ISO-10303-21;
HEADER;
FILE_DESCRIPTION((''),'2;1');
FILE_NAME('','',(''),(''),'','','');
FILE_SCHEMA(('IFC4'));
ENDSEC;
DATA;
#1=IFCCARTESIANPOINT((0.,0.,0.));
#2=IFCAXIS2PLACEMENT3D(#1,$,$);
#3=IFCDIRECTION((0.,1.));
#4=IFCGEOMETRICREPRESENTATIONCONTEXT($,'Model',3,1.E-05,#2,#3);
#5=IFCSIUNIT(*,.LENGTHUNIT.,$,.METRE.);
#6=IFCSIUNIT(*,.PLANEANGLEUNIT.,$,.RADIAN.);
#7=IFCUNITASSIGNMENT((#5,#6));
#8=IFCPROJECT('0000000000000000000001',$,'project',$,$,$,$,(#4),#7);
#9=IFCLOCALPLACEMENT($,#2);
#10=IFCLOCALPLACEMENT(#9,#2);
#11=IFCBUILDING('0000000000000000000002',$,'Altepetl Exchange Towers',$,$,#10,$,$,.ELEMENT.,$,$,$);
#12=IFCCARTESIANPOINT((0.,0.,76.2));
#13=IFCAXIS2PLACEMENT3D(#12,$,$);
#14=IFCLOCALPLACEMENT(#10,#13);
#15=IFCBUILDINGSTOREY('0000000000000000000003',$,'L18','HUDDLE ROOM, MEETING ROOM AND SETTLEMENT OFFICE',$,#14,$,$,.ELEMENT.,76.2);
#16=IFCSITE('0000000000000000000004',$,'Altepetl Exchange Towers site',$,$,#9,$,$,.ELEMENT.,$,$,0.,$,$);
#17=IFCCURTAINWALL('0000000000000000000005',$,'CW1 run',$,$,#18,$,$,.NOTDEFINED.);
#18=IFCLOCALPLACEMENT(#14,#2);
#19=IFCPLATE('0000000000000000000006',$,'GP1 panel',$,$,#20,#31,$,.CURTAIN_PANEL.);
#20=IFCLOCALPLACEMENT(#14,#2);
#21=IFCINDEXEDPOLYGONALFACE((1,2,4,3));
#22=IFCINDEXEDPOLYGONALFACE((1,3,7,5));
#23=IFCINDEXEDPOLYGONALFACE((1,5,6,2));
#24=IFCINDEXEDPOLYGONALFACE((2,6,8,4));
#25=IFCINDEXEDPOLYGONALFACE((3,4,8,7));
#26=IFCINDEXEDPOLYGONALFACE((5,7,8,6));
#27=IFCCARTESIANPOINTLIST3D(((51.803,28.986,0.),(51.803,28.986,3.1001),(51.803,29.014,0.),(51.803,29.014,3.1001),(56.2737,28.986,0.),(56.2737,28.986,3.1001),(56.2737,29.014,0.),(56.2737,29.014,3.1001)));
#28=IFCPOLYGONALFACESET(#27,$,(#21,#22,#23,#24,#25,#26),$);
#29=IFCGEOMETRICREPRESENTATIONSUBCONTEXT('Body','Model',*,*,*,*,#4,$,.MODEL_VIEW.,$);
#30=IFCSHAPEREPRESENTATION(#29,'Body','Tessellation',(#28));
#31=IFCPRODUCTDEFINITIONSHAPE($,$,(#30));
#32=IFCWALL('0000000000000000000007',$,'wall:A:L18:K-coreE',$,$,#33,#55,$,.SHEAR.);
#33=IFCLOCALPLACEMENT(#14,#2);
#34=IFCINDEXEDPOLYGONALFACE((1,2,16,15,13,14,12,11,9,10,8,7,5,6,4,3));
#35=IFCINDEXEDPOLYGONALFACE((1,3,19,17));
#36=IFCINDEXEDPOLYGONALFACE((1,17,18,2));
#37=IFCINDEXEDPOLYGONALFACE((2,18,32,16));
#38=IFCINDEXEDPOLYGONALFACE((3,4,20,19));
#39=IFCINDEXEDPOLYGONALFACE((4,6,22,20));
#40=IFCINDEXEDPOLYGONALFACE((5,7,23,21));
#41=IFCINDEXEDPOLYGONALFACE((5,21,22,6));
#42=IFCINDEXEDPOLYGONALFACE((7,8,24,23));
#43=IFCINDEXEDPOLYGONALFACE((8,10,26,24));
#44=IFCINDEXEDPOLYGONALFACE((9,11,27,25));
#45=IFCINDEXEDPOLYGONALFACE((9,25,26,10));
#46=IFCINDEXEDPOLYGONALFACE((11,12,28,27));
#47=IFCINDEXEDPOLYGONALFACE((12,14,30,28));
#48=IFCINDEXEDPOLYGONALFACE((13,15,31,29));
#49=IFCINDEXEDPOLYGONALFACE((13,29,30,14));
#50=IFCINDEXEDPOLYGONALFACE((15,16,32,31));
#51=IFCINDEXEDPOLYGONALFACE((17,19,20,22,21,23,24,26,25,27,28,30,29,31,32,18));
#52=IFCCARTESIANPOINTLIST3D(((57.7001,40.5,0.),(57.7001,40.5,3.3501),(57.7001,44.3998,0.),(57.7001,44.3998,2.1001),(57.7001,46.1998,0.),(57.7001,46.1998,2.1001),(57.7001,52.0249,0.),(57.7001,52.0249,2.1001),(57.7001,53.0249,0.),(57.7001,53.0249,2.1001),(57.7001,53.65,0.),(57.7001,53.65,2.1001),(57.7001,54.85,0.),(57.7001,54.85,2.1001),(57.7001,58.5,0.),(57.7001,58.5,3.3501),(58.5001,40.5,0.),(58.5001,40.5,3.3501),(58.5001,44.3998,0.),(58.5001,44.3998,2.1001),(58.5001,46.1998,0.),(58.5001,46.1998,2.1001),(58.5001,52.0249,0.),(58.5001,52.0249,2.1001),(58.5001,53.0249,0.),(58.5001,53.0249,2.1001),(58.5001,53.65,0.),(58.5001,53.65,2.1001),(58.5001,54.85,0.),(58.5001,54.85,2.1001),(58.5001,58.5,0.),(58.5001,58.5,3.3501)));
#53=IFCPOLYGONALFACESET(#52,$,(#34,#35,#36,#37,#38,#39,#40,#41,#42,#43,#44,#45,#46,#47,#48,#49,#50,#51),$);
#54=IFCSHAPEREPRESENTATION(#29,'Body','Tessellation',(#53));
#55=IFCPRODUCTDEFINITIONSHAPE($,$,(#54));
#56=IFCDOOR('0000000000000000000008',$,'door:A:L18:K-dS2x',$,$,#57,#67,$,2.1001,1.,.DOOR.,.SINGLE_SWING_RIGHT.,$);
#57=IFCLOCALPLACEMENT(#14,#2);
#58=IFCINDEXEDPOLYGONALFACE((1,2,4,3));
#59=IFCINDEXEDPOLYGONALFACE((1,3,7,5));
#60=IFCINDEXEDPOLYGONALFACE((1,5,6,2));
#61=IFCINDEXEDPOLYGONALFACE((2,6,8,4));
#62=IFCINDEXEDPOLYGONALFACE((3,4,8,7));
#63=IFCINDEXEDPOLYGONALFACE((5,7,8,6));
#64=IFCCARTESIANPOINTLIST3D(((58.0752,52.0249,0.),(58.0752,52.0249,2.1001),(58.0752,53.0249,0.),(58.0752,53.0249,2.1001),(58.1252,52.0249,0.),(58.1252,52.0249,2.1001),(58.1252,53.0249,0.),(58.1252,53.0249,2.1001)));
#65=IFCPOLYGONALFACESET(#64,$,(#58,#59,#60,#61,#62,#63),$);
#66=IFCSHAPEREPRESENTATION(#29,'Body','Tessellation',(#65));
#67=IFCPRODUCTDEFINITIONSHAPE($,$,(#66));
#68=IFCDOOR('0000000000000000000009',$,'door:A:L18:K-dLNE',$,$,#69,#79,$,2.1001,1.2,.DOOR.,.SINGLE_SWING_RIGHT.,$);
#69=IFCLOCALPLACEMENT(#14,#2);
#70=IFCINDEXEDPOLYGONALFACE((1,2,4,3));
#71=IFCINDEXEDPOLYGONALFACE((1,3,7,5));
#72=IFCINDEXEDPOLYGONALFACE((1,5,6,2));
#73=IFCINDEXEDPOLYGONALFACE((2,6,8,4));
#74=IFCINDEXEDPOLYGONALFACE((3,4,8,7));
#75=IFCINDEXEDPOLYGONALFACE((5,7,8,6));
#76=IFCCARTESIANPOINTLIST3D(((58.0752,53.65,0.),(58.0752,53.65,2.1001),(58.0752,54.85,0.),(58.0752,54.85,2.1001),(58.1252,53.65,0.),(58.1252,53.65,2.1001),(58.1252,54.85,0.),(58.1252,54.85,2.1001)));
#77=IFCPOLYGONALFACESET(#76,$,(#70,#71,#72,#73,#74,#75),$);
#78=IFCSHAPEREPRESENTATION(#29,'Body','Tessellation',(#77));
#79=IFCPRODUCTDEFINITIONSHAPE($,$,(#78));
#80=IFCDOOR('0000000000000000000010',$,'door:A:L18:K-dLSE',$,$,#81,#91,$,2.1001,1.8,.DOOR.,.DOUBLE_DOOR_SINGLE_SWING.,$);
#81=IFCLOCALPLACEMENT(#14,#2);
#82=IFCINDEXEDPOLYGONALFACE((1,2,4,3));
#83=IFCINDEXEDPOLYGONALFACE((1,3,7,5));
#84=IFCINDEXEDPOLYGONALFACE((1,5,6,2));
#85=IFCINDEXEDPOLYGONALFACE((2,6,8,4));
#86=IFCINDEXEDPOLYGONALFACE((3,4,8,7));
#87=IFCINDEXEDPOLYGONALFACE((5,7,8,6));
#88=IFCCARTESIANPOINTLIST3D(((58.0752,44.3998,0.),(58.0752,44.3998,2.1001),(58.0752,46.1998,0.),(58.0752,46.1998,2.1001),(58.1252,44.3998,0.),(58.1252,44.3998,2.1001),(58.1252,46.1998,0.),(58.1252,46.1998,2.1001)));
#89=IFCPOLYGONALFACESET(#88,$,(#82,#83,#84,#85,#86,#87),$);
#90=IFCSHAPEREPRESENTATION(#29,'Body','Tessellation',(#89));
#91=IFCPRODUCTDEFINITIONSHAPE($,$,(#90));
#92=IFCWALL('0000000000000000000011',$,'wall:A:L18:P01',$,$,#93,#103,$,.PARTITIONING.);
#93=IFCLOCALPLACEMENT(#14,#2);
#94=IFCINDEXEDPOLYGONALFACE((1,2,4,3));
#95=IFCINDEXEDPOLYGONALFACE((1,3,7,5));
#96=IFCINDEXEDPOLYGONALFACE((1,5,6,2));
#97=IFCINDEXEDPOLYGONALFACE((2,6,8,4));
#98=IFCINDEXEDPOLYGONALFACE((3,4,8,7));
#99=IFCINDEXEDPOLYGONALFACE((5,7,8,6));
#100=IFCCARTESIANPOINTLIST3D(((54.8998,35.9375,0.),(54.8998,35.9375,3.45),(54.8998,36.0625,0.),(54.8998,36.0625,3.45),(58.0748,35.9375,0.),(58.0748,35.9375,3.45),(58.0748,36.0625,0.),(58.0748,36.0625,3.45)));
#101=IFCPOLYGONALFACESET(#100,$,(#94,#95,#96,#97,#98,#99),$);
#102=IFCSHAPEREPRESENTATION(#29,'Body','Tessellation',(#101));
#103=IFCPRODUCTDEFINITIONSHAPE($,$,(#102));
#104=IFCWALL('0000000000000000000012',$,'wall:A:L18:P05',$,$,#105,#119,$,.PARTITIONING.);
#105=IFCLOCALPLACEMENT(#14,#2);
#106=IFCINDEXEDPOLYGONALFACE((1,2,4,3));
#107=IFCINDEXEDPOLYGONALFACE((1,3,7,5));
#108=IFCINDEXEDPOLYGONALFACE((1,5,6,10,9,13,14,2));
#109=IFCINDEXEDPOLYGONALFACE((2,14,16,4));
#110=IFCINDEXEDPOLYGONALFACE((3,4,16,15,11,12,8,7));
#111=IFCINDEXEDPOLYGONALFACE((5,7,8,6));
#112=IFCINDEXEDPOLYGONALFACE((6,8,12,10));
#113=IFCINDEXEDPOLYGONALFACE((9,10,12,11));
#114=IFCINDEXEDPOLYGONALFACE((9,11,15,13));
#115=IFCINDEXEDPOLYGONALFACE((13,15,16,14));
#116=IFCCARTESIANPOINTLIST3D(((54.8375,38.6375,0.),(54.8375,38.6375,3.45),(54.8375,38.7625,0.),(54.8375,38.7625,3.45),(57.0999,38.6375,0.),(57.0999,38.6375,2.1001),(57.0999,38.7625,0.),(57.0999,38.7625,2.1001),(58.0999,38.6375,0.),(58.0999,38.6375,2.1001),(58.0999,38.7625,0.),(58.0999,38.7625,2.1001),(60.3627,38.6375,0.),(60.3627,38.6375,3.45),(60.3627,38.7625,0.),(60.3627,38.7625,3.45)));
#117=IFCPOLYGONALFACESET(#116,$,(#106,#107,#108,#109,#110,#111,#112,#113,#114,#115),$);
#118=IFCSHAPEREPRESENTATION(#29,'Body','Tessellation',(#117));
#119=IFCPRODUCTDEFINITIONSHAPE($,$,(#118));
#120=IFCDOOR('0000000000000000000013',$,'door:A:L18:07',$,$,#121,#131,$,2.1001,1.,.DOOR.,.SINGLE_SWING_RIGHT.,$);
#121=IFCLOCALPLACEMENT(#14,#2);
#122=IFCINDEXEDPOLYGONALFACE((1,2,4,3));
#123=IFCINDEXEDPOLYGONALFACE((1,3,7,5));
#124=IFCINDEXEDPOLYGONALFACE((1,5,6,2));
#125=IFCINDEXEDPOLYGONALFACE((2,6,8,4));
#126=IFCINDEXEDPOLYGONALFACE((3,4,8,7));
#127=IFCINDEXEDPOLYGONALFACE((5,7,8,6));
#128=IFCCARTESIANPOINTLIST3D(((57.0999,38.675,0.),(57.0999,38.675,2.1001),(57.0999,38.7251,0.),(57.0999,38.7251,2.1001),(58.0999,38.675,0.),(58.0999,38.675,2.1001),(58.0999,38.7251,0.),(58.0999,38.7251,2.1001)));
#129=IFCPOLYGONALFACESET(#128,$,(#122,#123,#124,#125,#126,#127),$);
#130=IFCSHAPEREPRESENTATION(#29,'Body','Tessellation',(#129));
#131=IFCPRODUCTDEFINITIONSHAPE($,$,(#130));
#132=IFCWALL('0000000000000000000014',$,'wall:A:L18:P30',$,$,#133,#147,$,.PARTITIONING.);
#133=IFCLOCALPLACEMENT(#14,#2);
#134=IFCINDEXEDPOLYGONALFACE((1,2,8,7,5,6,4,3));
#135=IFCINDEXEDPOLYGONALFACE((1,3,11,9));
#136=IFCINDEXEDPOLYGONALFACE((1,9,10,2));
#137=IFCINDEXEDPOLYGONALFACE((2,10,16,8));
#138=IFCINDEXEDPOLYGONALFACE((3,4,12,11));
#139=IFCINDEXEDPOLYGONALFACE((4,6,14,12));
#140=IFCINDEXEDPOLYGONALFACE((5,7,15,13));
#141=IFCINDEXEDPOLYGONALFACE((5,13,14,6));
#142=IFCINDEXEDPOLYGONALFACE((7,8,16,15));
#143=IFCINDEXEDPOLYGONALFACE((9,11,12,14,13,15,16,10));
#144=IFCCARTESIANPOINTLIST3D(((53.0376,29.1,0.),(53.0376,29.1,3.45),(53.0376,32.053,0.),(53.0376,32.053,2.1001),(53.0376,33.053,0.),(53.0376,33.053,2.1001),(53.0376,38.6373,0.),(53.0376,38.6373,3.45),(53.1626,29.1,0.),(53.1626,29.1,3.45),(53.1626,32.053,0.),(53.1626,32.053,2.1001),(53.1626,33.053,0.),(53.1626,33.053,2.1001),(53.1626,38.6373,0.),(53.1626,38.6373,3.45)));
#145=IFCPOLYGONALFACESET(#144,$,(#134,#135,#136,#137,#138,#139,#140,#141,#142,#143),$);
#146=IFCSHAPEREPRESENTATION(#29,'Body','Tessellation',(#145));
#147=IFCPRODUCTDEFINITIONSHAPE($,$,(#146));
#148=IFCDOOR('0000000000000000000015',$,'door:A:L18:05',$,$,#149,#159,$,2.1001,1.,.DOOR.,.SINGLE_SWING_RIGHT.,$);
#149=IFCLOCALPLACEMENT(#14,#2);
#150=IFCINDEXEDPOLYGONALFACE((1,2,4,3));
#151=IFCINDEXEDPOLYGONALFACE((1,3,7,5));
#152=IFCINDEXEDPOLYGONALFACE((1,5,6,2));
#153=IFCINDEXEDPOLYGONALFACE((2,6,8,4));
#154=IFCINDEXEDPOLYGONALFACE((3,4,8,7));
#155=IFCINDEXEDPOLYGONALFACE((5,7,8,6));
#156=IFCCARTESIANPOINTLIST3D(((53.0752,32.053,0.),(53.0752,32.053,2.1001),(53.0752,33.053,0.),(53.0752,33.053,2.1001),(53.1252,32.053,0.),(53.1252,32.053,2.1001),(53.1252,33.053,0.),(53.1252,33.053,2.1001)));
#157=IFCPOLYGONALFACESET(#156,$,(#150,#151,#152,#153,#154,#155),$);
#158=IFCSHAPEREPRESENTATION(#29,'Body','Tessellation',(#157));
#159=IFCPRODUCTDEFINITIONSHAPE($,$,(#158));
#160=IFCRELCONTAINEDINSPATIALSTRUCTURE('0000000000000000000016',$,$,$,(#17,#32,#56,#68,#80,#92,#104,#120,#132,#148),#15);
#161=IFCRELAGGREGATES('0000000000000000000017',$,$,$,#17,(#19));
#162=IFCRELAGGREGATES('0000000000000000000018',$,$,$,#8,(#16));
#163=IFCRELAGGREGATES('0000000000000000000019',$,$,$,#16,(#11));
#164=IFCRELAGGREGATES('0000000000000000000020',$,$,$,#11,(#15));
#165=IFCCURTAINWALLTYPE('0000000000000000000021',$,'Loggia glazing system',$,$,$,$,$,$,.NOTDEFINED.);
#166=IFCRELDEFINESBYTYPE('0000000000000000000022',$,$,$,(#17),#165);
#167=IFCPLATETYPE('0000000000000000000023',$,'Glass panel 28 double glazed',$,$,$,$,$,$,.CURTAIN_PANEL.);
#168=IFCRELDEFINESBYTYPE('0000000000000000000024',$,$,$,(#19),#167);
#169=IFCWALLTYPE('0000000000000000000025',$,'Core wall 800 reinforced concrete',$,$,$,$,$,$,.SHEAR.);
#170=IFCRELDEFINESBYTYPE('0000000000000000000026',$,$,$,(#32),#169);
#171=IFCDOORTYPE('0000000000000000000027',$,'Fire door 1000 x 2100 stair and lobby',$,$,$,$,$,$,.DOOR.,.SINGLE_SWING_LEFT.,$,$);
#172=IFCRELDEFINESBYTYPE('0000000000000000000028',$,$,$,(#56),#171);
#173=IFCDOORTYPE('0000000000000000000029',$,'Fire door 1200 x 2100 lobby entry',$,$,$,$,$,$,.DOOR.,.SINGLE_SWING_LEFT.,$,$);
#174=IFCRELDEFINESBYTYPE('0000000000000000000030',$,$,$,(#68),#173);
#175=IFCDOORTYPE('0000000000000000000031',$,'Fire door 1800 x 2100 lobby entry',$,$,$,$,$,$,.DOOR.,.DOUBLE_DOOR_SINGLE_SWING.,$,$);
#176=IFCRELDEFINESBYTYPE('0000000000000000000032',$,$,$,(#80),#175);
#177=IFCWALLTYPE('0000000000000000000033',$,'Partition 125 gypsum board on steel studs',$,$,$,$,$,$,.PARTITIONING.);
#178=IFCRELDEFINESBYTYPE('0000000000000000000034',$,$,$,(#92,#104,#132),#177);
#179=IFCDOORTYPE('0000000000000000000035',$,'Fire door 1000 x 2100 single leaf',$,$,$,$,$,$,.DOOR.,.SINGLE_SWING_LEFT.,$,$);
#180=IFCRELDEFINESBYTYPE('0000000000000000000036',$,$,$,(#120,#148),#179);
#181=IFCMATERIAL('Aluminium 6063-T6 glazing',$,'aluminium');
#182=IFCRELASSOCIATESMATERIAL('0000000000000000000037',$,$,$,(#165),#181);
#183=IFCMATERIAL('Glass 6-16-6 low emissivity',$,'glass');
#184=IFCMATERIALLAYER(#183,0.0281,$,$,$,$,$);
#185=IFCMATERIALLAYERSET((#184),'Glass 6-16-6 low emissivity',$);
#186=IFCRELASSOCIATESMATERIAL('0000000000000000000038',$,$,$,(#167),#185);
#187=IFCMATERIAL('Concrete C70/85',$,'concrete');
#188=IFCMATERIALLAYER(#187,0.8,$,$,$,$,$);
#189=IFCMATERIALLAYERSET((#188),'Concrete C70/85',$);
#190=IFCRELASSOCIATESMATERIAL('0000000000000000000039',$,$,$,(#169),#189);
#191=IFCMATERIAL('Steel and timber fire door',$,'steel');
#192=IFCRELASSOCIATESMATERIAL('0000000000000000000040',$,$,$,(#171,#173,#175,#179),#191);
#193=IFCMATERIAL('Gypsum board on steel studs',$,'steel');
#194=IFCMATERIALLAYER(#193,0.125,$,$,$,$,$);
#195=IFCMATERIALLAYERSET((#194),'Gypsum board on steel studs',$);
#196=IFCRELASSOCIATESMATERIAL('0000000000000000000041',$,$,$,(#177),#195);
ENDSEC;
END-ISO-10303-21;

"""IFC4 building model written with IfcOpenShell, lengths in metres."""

from ifc_helpers import new_model, si_unit, direction, frame, frame_2d, origin, origin_2d, place, context, subcontext, project, spatial, rectangle, extrude, material, layer, layer_set, type_object, element, fill, aggregate, save


model = new_model("IFC4")

# Units and contexts
model_context = context("Model", 3, precision=1e-05, world=origin(), true_north=direction((0.0, 1.0)))
body_context = subcontext(model_context, "Body", "Model", "MODEL_VIEW")
ifc_project = project(units=[si_unit("LENGTHUNIT", "METRE"), si_unit("PLANEANGLEUNIT", "RADIAN")], contexts=[model_context])

# Site, building, storey
site_placement = place(None, origin())
site = spatial("IfcSite", under=ifc_project, at=site_placement, Name="Altepetl Exchange Towers site", CompositionType="ELEMENT", RefElevation=0.0)
building_placement = place(site_placement, origin())
building = spatial("IfcBuilding", under=site, at=building_placement, Name="Altepetl Exchange Towers", CompositionType="ELEMENT")
storey_placement = place(building_placement, frame((0.0, 0.0, 76.2)))
storey = spatial("IfcBuildingStorey", under=building, at=storey_placement, Name="L18", Description="HUDDLE ROOM, MEETING ROOM AND SETTLEMENT OFFICE", CompositionType="ELEMENT", Elevation=76.2)

# Shared definitions
ifc_material_1 = material(Name="Concrete C70/85", Category="concrete")

# Curtain wall
ifc_material_2 = material(Name="Aluminium 6063-T6 glazing", Category="aluminium")
curtain_wall_type = type_object("IfcCurtainWallType", Name="Loggia glazing system", PredefinedType="NOTDEFINED", material=ifc_material_2)
curtain_wall_placement = place(storey_placement, origin())
curtain_wall = element("IfcCurtainWall", 1, at=curtain_wall_placement, inside=storey, type_object=curtain_wall_type, Name="CW1 run", PredefinedType="NOTDEFINED")

# Plate
ifc_material_3 = material(Name="Glass 6-16-6 low emissivity", Category="glass")
ifc_layer_1 = layer(ifc_material_3, 0.0281)
ifc_layer_set_1 = layer_set([ifc_layer_1], Name="Glass 6-16-6 low emissivity")
plate_type = type_object("IfcPlateType", Name="Glass panel 28 double glazed", PredefinedType="CURTAIN_PANEL", material=ifc_layer_set_1)
plate_placement = place(storey_placement, frame((54.0383, 29.0, 0.0)))
plate = element("IfcPlate", 2, at=plate_placement, type_object=plate_type, Name="GP1 panel", PredefinedType="CURTAIN_PANEL", context=body_context, shape_type="SweptSolid", body=[
    extrude(rectangle(XDim=4.4707, YDim=0.0281, at=origin_2d()), origin(), (0.0, 0.0, 1.0), 3.1001),
])
aggregate(curtain_wall, [plate])

# Wall, openings, doors
ifc_layer_2 = layer(ifc_material_1, 0.8)
ifc_layer_set_2 = layer_set([ifc_layer_2], Name="Concrete C70/85")
wall_type_1 = type_object("IfcWallType", Name="Core wall 800 reinforced concrete", PredefinedType="SHEAR", material=ifc_layer_set_2)
wall_1_placement = place(storey_placement, frame((58.1001, 40.5, 0.0), z_axis=(0.0, 0.0, 1.0), x_axis=(0.0, 1.0, 0.0)))
wall_1 = element("IfcWall", 3, at=wall_1_placement, inside=storey, type_object=wall_type_1, Name="wall:A:L18:K-coreE", PredefinedType="SHEAR", context=body_context, shape_type="SweptSolid", body=[
    extrude(rectangle(XDim=18.0, YDim=0.8, at=frame_2d((9.0, 0.0))), origin(), (0.0, 0.0, 1.0), 3.3501),
])
opening_1_placement = place(wall_1_placement, frame((13.1499, 0.0, 0.0)))
opening_1 = element("IfcOpeningElement", 4, at=opening_1_placement, cuts=wall_1, PredefinedType="OPENING", context=body_context, shape_type="SweptSolid", body=[
    extrude(rectangle(XDim=1.2, YDim=2.1001, at=frame_2d((0.6001, 1.05))), frame((0.0, 0.4102, 0.0), z_axis=(0.0, -1.0, 0.0), x_axis=(1.0, 0.0, 0.0)), (0.0, 0.0, 1.0), 0.8201),
])
opening_2_placement = place(wall_1_placement, frame((3.8999, 0.0, 0.0)))
opening_2 = element("IfcOpeningElement", 5, at=opening_2_placement, cuts=wall_1, PredefinedType="OPENING", context=body_context, shape_type="SweptSolid", body=[
    extrude(rectangle(XDim=1.8, YDim=2.1001, at=frame_2d((0.8999, 1.05))), frame((0.0, 0.4102, 0.0), z_axis=(0.0, -1.0, 0.0), x_axis=(1.0, 0.0, 0.0)), (0.0, 0.0, 1.0), 0.8201),
])
opening_3_placement = place(wall_1_placement, frame((11.5249, 0.0, 0.0)))
opening_3 = element("IfcOpeningElement", 6, at=opening_3_placement, cuts=wall_1, PredefinedType="OPENING", context=body_context, shape_type="SweptSolid", body=[
    extrude(rectangle(XDim=1.0, YDim=2.1001, at=frame_2d((0.5, 1.05))), frame((0.0, 0.4102, 0.0), z_axis=(0.0, -1.0, 0.0), x_axis=(1.0, 0.0, 0.0)), (0.0, 0.0, 1.0), 0.8201),
])
ifc_material_4 = material(Name="Steel and timber fire door", Category="steel")
door_type_1 = type_object("IfcDoorType", Name="Fire door 1000 x 2100 stair and lobby", OperationType="SINGLE_SWING_LEFT", PredefinedType="DOOR", material=ifc_material_4)
door_1_placement = place(opening_3_placement, origin())
door_1 = element("IfcDoor", 7, at=door_1_placement, inside=storey, type_object=door_type_1, Name="door:A:L18:K-dS2x", OperationType="SINGLE_SWING_RIGHT", OverallHeight=2.1001, OverallWidth=1.0, PredefinedType="DOOR", context=body_context, shape_type="SweptSolid", body=[
    extrude(rectangle(XDim=1.0, YDim=2.1001, at=frame_2d((0.5, 1.05))), frame((0.0, 0.0249, 0.0), z_axis=(0.0, -1.0, 0.0), x_axis=(1.0, 0.0, 0.0)), (0.0, 0.0, 1.0), 0.05),
])
fill(opening_3, door_1)
door_type_2 = type_object("IfcDoorType", Name="Fire door 1200 x 2100 lobby entry", OperationType="SINGLE_SWING_LEFT", PredefinedType="DOOR", material=ifc_material_4)
door_2_placement = place(opening_1_placement, origin())
door_2 = element("IfcDoor", 8, at=door_2_placement, inside=storey, type_object=door_type_2, Name="door:A:L18:K-dLNE", OperationType="SINGLE_SWING_RIGHT", OverallHeight=2.1001, OverallWidth=1.2, PredefinedType="DOOR", context=body_context, shape_type="SweptSolid", body=[
    extrude(rectangle(XDim=1.2, YDim=2.1001, at=frame_2d((0.6001, 1.05))), frame((0.0, 0.0249, 0.0), z_axis=(0.0, -1.0, 0.0), x_axis=(1.0, 0.0, 0.0)), (0.0, 0.0, 1.0), 0.05),
])
fill(opening_1, door_2)
door_type_3 = type_object("IfcDoorType", Name="Fire door 1800 x 2100 lobby entry", OperationType="DOUBLE_DOOR_SINGLE_SWING", PredefinedType="DOOR", material=ifc_material_4)
door_3_placement = place(opening_2_placement, origin())
door_3 = element("IfcDoor", 9, at=door_3_placement, inside=storey, type_object=door_type_3, Name="door:A:L18:K-dLSE", OperationType="DOUBLE_DOOR_SINGLE_SWING", OverallHeight=2.1001, OverallWidth=1.8, PredefinedType="DOOR", context=body_context, shape_type="SweptSolid", body=[
    extrude(rectangle(XDim=1.8, YDim=2.1001, at=frame_2d((0.8999, 1.05))), frame((0.0, 0.0249, 0.0), z_axis=(0.0, -1.0, 0.0), x_axis=(1.0, 0.0, 0.0)), (0.0, 0.0, 1.0), 0.05),
])
fill(opening_2, door_3)

# Wall
ifc_material_5 = material(Name="Gypsum board on steel studs", Category="steel")
ifc_layer_3 = layer(ifc_material_5, 0.125)
ifc_layer_set_3 = layer_set([ifc_layer_3], Name="Gypsum board on steel studs")
wall_type_2 = type_object("IfcWallType", Name="Partition 125 gypsum board on steel studs", PredefinedType="PARTITIONING", material=ifc_layer_set_3)
wall_2_placement = place(storey_placement, frame((54.8999, 36.0, 0.0)))
element("IfcWall", 10, at=wall_2_placement, inside=storey, type_object=wall_type_2, Name="wall:A:L18:P01", PredefinedType="PARTITIONING", context=body_context, shape_type="SweptSolid", body=[
    extrude(rectangle(XDim=3.175, YDim=0.125, at=frame_2d((1.5874, 0.0))), origin(), (0.0, 0.0, 1.0), 3.45),
])

# Walls, openings, doors
wall_3_placement = place(storey_placement, frame((54.8374, 38.7, 0.0)))
wall_3 = element("IfcWall", 11, at=wall_3_placement, inside=storey, type_object=wall_type_2, Name="wall:A:L18:P05", PredefinedType="PARTITIONING", context=body_context, shape_type="SweptSolid", body=[
    extrude(rectangle(XDim=5.5251, YDim=0.125, at=frame_2d((2.7627, 0.0))), origin(), (0.0, 0.0, 1.0), 3.45),
])
opening_4_placement = place(wall_3_placement, frame((2.2625, 0.0, 0.0)))
opening_4 = element("IfcOpeningElement", 12, at=opening_4_placement, cuts=wall_3, PredefinedType="OPENING", context=body_context, shape_type="SweptSolid", body=[
    extrude(rectangle(XDim=1.0, YDim=2.1001, at=frame_2d((0.5, 1.05))), frame((0.0, 0.0725, 0.0), z_axis=(0.0, -1.0, 0.0), x_axis=(1.0, 0.0, 0.0)), (0.0, 0.0, 1.0), 0.145),
])
door_type_4 = type_object("IfcDoorType", Name="Fire door 1000 x 2100 single leaf", OperationType="SINGLE_SWING_LEFT", PredefinedType="DOOR", material=ifc_material_4)
door_4_placement = place(opening_4_placement, frame((1.0, 0.0, 0.0), x_axis=(-1.0, 0.0, 0.0)))
door_4 = element("IfcDoor", 13, at=door_4_placement, inside=storey, type_object=door_type_4, Name="door:A:L18:07", OperationType="SINGLE_SWING_RIGHT", OverallHeight=2.1001, OverallWidth=1.0, PredefinedType="DOOR", context=body_context, shape_type="SweptSolid", body=[
    extrude(rectangle(XDim=1.0, YDim=2.1001, at=frame_2d((0.5, 1.05))), frame((0.0, 0.0249, 0.0), z_axis=(0.0, -1.0, 0.0), x_axis=(1.0, 0.0, 0.0)), (0.0, 0.0, 1.0), 0.05),
])
fill(opening_4, door_4)
wall_4_placement = place(storey_placement, frame((53.1001, 29.1001, 0.0), z_axis=(0.0, 0.0, 1.0), x_axis=(0.0, 1.0, 0.0)))
wall_4 = element("IfcWall", 14, at=wall_4_placement, inside=storey, type_object=wall_type_2, Name="wall:A:L18:P30", PredefinedType="PARTITIONING", context=body_context, shape_type="SweptSolid", body=[
    extrude(rectangle(XDim=9.5374, YDim=0.125, at=frame_2d((4.7686, 0.0))), origin(), (0.0, 0.0, 1.0), 3.45),
])
opening_5_placement = place(wall_4_placement, frame((2.9529, 0.0, 0.0)))
opening_5 = element("IfcOpeningElement", 15, at=opening_5_placement, cuts=wall_4, PredefinedType="OPENING", context=body_context, shape_type="SweptSolid", body=[
    extrude(rectangle(XDim=1.0, YDim=2.1001, at=frame_2d((0.5, 1.05))), frame((0.0, 0.0725, 0.0), z_axis=(0.0, -1.0, 0.0), x_axis=(1.0, 0.0, 0.0)), (0.0, 0.0, 1.0), 0.145),
])
door_5_placement = place(opening_5_placement, origin())
door_5 = element("IfcDoor", 16, at=door_5_placement, inside=storey, type_object=door_type_4, Name="door:A:L18:05", OperationType="SINGLE_SWING_RIGHT", OverallHeight=2.1001, OverallWidth=1.0, PredefinedType="DOOR", context=body_context, shape_type="SweptSolid", body=[
    extrude(rectangle(XDim=1.0, YDim=2.1001, at=frame_2d((0.5, 1.05))), frame((0.0, 0.0249, 0.0), z_axis=(0.0, -1.0, 0.0), x_axis=(1.0, 0.0, 0.0)), (0.0, 0.0, 1.0), 0.05),
])
fill(opening_5, door_5)

save(model, "model.ifc")
